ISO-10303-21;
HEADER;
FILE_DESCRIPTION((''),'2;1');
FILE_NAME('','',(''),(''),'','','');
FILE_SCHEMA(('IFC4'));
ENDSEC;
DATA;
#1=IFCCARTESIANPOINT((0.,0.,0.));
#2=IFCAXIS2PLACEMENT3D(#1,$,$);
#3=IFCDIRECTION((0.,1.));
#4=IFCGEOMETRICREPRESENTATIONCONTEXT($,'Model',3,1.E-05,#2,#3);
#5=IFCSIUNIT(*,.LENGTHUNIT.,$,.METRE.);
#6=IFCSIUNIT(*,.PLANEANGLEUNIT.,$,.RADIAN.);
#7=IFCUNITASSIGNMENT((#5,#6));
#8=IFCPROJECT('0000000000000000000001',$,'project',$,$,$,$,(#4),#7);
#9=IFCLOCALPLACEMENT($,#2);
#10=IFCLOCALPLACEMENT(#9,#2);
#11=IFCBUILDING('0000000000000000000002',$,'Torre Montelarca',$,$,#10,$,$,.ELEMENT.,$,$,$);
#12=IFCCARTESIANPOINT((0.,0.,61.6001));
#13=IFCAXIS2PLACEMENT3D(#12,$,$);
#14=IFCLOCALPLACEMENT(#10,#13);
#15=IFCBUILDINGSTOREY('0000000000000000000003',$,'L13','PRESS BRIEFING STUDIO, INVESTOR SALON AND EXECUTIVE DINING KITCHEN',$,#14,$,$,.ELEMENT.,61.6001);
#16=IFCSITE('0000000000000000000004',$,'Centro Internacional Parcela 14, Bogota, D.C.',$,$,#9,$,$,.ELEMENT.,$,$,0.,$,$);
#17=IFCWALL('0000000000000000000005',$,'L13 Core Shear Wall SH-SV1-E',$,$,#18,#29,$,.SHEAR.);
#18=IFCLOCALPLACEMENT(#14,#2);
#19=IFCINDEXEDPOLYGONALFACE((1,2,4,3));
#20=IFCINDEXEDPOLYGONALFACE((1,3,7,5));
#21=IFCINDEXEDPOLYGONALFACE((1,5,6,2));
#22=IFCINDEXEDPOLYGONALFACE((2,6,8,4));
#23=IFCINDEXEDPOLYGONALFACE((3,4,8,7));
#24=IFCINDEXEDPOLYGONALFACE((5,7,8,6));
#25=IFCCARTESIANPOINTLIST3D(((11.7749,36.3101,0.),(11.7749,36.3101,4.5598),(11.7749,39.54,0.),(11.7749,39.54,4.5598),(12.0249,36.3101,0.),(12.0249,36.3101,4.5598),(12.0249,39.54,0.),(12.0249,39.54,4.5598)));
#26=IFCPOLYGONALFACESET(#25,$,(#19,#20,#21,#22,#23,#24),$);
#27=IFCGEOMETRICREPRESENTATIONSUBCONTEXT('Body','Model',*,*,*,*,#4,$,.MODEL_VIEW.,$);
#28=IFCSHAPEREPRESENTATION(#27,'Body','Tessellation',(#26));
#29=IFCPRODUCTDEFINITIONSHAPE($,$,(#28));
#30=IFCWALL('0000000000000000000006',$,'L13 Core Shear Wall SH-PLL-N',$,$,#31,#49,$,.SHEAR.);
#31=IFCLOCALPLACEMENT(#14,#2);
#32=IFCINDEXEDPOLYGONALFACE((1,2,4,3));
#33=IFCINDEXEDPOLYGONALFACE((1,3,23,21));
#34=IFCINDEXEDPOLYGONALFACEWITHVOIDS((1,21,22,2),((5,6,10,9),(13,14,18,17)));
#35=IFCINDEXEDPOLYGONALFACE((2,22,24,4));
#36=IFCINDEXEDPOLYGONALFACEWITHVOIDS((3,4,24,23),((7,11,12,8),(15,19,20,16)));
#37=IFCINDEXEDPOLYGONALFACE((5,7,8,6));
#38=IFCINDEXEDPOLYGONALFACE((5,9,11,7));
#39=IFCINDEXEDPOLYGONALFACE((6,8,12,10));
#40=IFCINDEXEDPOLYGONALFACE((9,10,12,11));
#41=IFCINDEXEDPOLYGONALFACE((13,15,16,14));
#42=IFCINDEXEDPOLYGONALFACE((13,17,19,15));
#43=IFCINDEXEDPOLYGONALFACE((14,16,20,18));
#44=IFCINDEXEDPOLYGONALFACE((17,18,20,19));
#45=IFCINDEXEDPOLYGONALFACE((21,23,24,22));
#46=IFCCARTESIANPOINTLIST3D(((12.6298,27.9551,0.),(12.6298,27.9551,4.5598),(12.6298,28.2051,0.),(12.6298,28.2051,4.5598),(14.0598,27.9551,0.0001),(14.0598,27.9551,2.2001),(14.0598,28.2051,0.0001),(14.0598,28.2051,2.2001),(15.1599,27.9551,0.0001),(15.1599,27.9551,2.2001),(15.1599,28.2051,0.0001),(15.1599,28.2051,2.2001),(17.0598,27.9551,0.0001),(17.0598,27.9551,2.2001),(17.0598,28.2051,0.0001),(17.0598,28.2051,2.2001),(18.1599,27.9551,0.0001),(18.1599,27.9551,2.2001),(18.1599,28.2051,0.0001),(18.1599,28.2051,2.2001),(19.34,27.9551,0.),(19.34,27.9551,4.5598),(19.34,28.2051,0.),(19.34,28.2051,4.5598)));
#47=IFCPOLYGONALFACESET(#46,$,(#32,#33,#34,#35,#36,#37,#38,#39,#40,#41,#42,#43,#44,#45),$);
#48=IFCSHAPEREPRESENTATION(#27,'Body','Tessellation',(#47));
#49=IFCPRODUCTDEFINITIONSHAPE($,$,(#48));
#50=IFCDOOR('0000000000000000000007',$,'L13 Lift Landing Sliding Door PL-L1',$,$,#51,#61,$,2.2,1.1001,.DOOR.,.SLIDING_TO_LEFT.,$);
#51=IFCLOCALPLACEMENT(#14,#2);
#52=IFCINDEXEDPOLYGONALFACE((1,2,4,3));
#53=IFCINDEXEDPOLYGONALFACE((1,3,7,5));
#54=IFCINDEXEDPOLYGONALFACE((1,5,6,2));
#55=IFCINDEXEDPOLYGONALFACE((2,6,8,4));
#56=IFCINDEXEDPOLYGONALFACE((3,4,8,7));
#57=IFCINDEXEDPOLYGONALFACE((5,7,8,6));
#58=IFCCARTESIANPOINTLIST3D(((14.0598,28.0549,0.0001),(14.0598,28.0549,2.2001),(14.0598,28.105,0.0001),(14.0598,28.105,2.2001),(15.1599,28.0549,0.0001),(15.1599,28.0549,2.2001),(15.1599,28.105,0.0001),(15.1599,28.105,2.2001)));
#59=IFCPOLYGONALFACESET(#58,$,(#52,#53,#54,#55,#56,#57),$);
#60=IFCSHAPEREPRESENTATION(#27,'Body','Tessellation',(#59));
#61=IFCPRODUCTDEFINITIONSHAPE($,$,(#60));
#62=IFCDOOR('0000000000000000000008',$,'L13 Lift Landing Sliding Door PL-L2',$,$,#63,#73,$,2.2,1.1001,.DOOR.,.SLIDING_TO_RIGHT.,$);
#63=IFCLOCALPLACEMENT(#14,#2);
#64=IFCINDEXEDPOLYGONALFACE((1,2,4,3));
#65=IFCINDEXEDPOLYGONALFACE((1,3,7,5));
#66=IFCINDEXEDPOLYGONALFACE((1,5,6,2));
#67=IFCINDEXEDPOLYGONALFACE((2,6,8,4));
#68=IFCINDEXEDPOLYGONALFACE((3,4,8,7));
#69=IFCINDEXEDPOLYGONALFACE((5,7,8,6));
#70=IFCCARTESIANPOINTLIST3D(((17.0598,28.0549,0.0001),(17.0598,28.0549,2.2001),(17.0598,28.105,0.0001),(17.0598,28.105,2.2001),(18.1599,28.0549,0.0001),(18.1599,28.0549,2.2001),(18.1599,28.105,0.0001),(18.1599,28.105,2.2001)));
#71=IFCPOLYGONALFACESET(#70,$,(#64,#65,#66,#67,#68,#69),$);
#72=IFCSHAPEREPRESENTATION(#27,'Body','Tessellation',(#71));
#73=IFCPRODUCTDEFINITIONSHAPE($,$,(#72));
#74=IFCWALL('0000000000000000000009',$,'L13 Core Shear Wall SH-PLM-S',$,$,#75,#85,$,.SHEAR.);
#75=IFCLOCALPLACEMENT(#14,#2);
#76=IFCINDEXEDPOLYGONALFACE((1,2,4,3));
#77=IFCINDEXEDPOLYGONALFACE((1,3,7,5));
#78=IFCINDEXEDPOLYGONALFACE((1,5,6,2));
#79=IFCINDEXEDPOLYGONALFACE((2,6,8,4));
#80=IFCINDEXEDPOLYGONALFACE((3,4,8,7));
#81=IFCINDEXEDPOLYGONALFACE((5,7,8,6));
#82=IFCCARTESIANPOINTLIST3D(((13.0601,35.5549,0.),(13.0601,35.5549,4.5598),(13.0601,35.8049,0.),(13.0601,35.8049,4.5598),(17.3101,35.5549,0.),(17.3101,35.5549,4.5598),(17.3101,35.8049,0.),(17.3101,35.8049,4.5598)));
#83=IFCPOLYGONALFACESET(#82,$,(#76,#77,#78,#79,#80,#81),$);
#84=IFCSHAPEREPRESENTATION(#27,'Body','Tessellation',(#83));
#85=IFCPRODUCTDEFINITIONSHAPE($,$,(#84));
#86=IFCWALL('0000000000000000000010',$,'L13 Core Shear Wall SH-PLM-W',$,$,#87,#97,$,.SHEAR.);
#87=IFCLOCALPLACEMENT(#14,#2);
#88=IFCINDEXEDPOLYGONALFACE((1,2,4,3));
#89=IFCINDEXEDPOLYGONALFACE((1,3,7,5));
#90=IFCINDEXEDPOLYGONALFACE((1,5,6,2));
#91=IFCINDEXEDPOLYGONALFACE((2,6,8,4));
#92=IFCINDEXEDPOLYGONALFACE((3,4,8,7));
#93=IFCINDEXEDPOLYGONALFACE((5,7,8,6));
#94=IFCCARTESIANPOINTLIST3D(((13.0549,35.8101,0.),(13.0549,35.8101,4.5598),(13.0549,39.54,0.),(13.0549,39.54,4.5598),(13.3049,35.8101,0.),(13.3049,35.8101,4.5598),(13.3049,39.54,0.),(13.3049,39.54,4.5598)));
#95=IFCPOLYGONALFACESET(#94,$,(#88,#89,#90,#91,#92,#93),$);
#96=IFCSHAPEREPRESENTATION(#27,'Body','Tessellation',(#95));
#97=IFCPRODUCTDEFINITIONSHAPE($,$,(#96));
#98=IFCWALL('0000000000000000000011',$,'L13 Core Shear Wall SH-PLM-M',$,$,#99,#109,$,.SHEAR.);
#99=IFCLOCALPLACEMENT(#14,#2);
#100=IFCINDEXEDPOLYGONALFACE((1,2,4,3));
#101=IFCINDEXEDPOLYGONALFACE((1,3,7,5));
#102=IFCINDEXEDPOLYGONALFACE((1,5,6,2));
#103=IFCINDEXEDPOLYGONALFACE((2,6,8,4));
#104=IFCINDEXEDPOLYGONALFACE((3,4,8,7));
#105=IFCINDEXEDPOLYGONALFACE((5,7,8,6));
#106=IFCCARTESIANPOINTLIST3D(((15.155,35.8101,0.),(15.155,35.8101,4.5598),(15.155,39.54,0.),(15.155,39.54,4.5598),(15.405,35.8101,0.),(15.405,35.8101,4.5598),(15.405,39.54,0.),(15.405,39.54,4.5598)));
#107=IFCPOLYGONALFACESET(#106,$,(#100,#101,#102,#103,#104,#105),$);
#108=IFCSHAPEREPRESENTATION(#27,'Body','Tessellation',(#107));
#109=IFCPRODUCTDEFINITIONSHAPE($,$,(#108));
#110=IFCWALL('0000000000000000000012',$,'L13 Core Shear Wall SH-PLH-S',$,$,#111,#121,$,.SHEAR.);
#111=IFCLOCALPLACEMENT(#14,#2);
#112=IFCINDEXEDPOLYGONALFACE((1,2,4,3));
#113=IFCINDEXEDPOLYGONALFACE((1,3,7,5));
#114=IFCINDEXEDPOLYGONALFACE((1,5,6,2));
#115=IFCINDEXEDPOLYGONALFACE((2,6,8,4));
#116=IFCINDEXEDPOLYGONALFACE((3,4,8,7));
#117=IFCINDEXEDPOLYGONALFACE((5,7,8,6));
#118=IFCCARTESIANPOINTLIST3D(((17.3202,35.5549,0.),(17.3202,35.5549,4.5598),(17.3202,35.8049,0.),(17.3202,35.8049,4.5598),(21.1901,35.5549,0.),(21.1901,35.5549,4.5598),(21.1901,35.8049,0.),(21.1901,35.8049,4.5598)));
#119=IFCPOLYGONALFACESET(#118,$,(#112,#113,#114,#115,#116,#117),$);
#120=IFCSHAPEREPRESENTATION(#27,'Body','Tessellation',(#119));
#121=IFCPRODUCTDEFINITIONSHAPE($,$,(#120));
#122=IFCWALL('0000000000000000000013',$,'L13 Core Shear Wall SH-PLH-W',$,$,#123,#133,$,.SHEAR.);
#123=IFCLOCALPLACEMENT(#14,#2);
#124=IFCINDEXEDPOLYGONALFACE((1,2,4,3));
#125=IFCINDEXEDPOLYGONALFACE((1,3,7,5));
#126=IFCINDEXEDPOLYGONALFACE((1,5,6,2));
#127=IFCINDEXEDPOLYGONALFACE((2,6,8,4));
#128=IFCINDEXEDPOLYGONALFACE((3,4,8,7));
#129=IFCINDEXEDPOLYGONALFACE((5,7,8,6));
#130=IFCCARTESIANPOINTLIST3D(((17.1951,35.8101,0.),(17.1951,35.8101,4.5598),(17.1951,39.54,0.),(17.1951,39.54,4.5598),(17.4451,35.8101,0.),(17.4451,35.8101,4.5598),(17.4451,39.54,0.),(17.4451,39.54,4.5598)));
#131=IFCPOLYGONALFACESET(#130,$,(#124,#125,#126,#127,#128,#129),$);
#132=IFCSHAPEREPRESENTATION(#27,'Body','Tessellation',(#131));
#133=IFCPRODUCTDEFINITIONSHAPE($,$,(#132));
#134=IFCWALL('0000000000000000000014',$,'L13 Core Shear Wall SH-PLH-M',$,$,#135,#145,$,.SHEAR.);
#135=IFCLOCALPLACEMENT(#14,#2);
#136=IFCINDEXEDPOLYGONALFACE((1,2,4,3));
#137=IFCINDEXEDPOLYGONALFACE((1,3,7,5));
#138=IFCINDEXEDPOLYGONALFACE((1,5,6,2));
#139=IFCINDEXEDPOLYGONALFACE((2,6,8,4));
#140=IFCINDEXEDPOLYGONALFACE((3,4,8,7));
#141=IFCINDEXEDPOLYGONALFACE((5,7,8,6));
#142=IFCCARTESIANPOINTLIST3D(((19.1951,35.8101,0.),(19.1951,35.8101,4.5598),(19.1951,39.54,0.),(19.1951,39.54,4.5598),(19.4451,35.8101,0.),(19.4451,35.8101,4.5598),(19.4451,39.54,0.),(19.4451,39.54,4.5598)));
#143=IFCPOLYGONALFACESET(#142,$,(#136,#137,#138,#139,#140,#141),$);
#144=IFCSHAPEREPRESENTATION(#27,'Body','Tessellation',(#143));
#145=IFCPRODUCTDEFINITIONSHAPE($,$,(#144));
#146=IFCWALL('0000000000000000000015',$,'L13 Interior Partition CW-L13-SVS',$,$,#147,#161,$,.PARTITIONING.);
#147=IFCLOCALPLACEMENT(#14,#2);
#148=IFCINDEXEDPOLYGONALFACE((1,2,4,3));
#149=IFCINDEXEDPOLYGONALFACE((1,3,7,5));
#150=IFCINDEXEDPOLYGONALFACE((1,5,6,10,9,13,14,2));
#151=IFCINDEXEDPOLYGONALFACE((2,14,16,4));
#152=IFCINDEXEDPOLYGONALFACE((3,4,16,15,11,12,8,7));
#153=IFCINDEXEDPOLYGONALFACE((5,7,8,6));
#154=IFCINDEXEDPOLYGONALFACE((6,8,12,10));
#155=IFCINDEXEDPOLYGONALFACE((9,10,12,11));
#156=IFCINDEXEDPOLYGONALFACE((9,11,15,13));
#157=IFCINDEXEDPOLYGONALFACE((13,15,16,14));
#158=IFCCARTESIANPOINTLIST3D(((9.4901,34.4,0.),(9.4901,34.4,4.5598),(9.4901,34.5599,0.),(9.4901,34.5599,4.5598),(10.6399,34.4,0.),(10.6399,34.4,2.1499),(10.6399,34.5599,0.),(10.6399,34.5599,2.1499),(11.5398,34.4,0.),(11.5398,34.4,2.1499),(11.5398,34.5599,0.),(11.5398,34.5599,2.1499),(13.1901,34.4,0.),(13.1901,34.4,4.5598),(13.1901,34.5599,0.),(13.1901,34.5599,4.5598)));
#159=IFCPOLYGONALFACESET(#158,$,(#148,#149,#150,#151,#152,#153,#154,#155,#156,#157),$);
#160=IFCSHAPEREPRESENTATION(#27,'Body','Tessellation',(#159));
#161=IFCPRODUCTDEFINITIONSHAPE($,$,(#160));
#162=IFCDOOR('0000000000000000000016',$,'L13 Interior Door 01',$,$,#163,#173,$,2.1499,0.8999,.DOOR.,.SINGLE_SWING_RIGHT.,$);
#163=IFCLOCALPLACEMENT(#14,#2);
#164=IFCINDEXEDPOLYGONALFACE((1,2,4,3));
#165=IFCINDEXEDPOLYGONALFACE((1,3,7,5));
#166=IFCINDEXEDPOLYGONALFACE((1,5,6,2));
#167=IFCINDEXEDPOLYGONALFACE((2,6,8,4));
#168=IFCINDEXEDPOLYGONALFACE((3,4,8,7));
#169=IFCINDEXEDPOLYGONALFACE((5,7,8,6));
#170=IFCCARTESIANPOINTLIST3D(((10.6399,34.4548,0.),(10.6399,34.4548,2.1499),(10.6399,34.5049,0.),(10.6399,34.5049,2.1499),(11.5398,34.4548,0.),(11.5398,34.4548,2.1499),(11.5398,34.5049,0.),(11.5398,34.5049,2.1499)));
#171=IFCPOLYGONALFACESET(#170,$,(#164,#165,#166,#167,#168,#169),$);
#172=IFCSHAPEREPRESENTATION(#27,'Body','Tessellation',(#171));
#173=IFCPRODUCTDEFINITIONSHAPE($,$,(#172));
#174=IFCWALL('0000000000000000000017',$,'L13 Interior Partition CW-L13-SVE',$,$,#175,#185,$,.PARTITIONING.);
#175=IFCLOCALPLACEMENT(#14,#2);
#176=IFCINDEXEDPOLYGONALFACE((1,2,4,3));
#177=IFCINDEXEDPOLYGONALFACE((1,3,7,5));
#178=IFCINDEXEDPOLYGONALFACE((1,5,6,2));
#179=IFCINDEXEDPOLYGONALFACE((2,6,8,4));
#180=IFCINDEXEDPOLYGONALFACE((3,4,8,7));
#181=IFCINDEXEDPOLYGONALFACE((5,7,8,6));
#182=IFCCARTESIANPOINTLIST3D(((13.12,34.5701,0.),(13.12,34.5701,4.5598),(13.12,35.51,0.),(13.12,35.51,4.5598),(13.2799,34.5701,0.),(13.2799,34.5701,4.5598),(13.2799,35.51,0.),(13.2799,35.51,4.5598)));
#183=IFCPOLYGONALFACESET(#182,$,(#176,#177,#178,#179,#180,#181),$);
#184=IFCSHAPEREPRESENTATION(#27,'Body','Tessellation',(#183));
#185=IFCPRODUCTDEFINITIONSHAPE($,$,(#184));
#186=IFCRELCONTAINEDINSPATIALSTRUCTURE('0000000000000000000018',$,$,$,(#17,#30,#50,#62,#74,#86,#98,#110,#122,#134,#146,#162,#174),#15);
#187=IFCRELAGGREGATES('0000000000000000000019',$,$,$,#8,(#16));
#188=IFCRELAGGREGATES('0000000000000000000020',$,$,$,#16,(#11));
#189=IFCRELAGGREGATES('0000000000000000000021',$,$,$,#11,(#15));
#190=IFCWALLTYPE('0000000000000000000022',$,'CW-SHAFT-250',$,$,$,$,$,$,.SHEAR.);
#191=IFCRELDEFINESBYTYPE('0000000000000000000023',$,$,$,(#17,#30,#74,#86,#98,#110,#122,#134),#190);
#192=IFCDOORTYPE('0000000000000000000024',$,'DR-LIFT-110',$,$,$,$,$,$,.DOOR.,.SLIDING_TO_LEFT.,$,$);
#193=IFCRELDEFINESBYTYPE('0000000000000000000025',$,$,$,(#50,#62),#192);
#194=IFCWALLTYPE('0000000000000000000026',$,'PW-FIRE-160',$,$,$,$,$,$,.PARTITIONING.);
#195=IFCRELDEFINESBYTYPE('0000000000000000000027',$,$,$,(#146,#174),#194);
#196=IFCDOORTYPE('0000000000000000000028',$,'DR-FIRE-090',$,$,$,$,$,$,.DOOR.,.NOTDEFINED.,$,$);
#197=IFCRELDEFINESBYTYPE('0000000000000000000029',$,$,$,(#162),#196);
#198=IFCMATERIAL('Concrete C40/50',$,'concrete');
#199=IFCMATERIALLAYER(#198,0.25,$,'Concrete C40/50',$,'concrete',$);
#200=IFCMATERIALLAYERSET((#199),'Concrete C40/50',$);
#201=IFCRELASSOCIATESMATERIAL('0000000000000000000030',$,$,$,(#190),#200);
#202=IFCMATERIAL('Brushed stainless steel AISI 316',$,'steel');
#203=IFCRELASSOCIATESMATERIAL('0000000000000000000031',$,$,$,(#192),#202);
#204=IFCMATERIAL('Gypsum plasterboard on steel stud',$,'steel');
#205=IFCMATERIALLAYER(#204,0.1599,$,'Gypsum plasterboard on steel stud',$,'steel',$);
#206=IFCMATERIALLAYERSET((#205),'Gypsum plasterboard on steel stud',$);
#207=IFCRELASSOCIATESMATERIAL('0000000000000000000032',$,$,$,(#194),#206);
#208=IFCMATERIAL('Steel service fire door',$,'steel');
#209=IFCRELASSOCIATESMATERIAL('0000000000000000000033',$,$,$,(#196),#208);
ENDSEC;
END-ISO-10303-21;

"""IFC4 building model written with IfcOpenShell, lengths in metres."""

from ifc_helpers import new_model, si_unit, direction, frame, frame_2d, origin, place, context, subcontext, project, spatial, rectangle, extrude, source, transform, mapped, material, layer, layer_set, type_object, element, fill, save


model = new_model("IFC4")

# Units and contexts
model_context = context("Model", 3, precision=1e-05, world=origin(), true_north=direction((0.0, 1.0)))
body_context = subcontext(model_context, "Body", "Model", "MODEL_VIEW")
ifc_project = project(units=[si_unit("LENGTHUNIT", "METRE"), si_unit("PLANEANGLEUNIT", "RADIAN")], contexts=[model_context])

# Site, building, storey
site_placement = place(None, origin())
site = spatial("IfcSite", under=ifc_project, at=site_placement, Name="Centro Internacional Parcela 14, Bogota, D.C.", CompositionType="ELEMENT", RefElevation=0.0)
building_placement = place(site_placement, origin())
building = spatial("IfcBuilding", under=site, at=building_placement, Name="Torre Montelarca", CompositionType="ELEMENT")
storey_placement = place(building_placement, frame((0.0, 0.0, 61.6001)))
storey = spatial("IfcBuildingStorey", under=building, at=storey_placement, Name="L13", Description="PRESS BRIEFING STUDIO, INVESTOR SALON AND EXECUTIVE DINING KITCHEN", CompositionType="ELEMENT", Elevation=61.6001)

# Wall
ifc_material_1 = material(Name="Concrete C40/50", Category="concrete")
ifc_layer_1 = layer(ifc_material_1, 0.25, Name="Concrete C40/50", Category="concrete")
ifc_layer_set_1 = layer_set([ifc_layer_1], Name="Concrete C40/50")
wall_type_1 = type_object("IfcWallType", Name="CW-SHAFT-250", PredefinedType="SHEAR", material=ifc_layer_set_1)
wall_1_placement = place(storey_placement, frame((11.8999, 36.3101, 0.0), z_axis=(0.0, 0.0, 1.0), x_axis=(0.0, 1.0, 0.0)))
element("IfcWall", 1, at=wall_1_placement, inside=storey, type_object=wall_type_1, Name="L13 Core Shear Wall SH-SV1-E", PredefinedType="SHEAR", context=body_context, shape_type="SweptSolid", body=[
    extrude(rectangle(XDim=3.23, YDim=0.25, at=frame_2d((1.615, 0.0))), origin(), (0.0, 0.0, 1.0), 4.5598),
])

# Wall, openings, doors
wall_2_placement = place(storey_placement, frame((12.6299, 28.0801, 0.0), z_axis=(0.0, 0.0, 1.0), x_axis=(1.0, 0.0, 0.0)))
wall_2 = element("IfcWall", 2, at=wall_2_placement, inside=storey, type_object=wall_type_1, Name="L13 Core Shear Wall SH-PLL-N", PredefinedType="SHEAR", context=body_context, shape_type="SweptSolid", body=[
    extrude(rectangle(XDim=6.7102, YDim=0.25, at=frame_2d((3.355, 0.0))), origin(), (0.0, 0.0, 1.0), 4.5598),
])
opening_1_placement = place(wall_2_placement, frame((1.4299, 0.0, 0.0)))
opening_1 = element("IfcOpeningElement", 3, at=opening_1_placement, cuts=wall_2, PredefinedType="OPENING", context=body_context, shape_type="SweptSolid", body=[
    extrude(rectangle(XDim=1.1001, YDim=2.2, at=frame_2d((0.55, 1.1001))), frame((0.0, 0.135, 0.0), z_axis=(0.0, -1.0, 0.0), x_axis=(1.0, 0.0, 0.0)), (0.0, 0.0, 1.0), 0.27),
])
opening_2_placement = place(wall_2_placement, frame((4.4299, 0.0, 0.0)))
opening_2 = element("IfcOpeningElement", 4, at=opening_2_placement, cuts=wall_2, PredefinedType="OPENING", context=body_context, shape_type="SweptSolid", body=[
    extrude(rectangle(XDim=1.1001, YDim=2.2, at=frame_2d((0.55, 1.1001))), frame((0.0, 0.135, 0.0), z_axis=(0.0, -1.0, 0.0), x_axis=(1.0, 0.0, 0.0)), (0.0, 0.0, 1.0), 0.27),
])
ifc_material_2 = material(Name="Brushed stainless steel AISI 316", Category="steel")
door_type_1 = type_object("IfcDoorType", Name="DR-LIFT-110", OperationType="SLIDING_TO_LEFT", PredefinedType="DOOR", material=ifc_material_2)
shared_shape_1 = source(origin(), body_context, "Body", "SweptSolid", [
    extrude(rectangle(XDim=1.1001, YDim=2.2, at=frame_2d((0.55, 1.1001))), frame((0.0, 0.0249, 0.0), z_axis=(0.0, -1.0, 0.0), x_axis=(1.0, 0.0, 0.0)), (0.0, 0.0, 1.0), 0.05),
])
door_1_placement = place(opening_1_placement, origin())
door_1 = element("IfcDoor", 5, at=door_1_placement, inside=storey, type_object=door_type_1, Name="L13 Lift Landing Sliding Door PL-L1", OperationType="SLIDING_TO_LEFT", OverallHeight=2.2, OverallWidth=1.1001, PredefinedType="DOOR", context=body_context, shape_type="MappedRepresentation", body=[
    mapped(shared_shape_1, transform((0.0, 0.0, 0.0), scale=1.0)),
])
fill(opening_1, door_1)
door_2_placement = place(opening_2_placement, origin())
door_2 = element("IfcDoor", 6, at=door_2_placement, inside=storey, type_object=door_type_1, Name="L13 Lift Landing Sliding Door PL-L2", OperationType="SLIDING_TO_RIGHT", OverallHeight=2.2, OverallWidth=1.1001, PredefinedType="DOOR", context=body_context, shape_type="MappedRepresentation", body=[
    mapped(shared_shape_1, transform((0.0, 0.0, 0.0), scale=1.0)),
])
fill(opening_2, door_2)

# Walls
wall_3_placement = place(storey_placement, frame((13.0601, 35.6799, 0.0), z_axis=(0.0, 0.0, 1.0), x_axis=(1.0, 0.0, 0.0)))
element("IfcWall", 7, at=wall_3_placement, inside=storey, type_object=wall_type_1, Name="L13 Core Shear Wall SH-PLM-S", PredefinedType="SHEAR", context=body_context, shape_type="SweptSolid", body=[
    extrude(rectangle(XDim=4.25, YDim=0.25, at=frame_2d((2.125, 0.0))), origin(), (0.0, 0.0, 1.0), 4.5598),
])
for number, where, z_axis, x_axis, name in (
    (8, (13.1799, 35.8101, 0.0), (0.0, 0.0, 1.0), (0.0, 1.0, 0.0), "L13 Core Shear Wall SH-PLM-W"),
    (9, (15.28, 35.8101, 0.0), (0.0, 0.0, 1.0), (0.0, 1.0, 0.0), "L13 Core Shear Wall SH-PLM-M"),
):
    element("IfcWall", number, at=place(storey_placement, frame(where, z_axis=z_axis, x_axis=x_axis)), inside=storey, type_object=wall_type_1, Name=name, PredefinedType="SHEAR", context=body_context, shape_type="SweptSolid", body=[
        extrude(rectangle(XDim=3.73, YDim=0.25, at=frame_2d((1.865, 0.0))), origin(), (0.0, 0.0, 1.0), 4.5598),
    ])
wall_4_placement = place(storey_placement, frame((17.3201, 35.6799, 0.0), z_axis=(0.0, 0.0, 1.0), x_axis=(1.0, 0.0, 0.0)))
element("IfcWall", 10, at=wall_4_placement, inside=storey, type_object=wall_type_1, Name="L13 Core Shear Wall SH-PLH-S", PredefinedType="SHEAR", context=body_context, shape_type="SweptSolid", body=[
    extrude(rectangle(XDim=3.8699, YDim=0.25, at=frame_2d((1.9351, 0.0))), origin(), (0.0, 0.0, 1.0), 4.5598),
])
for number, where, z_axis, x_axis, name in (
    (11, (17.3201, 35.8101, 0.0), (0.0, 0.0, 1.0), (0.0, 1.0, 0.0), "L13 Core Shear Wall SH-PLH-W"),
    (12, (19.3201, 35.8101, 0.0), (0.0, 0.0, 1.0), (0.0, 1.0, 0.0), "L13 Core Shear Wall SH-PLH-M"),
):
    element("IfcWall", number, at=place(storey_placement, frame(where, z_axis=z_axis, x_axis=x_axis)), inside=storey, type_object=wall_type_1, Name=name, PredefinedType="SHEAR", context=body_context, shape_type="SweptSolid", body=[
        extrude(rectangle(XDim=3.73, YDim=0.25, at=frame_2d((1.865, 0.0))), origin(), (0.0, 0.0, 1.0), 4.5598),
    ])

# Wall, opening, door
ifc_material_3 = material(Name="Gypsum plasterboard on steel stud", Category="steel")
ifc_layer_2 = layer(ifc_material_3, 0.1599, Name="Gypsum plasterboard on steel stud", Category="steel")
ifc_layer_set_2 = layer_set([ifc_layer_2], Name="Gypsum plasterboard on steel stud")
wall_type_2 = type_object("IfcWallType", Name="PW-FIRE-160", PredefinedType="PARTITIONING", material=ifc_layer_set_2)
wall_5_placement = place(storey_placement, frame((9.49, 34.48, 0.0), z_axis=(0.0, 0.0, 1.0), x_axis=(1.0, 0.0, 0.0)))
wall_5 = element("IfcWall", 13, at=wall_5_placement, inside=storey, type_object=wall_type_2, Name="L13 Interior Partition CW-L13-SVS", PredefinedType="PARTITIONING", context=body_context, shape_type="SweptSolid", body=[
    extrude(rectangle(XDim=3.7, YDim=0.1599, at=frame_2d((1.8501, 0.0))), origin(), (0.0, 0.0, 1.0), 4.5598),
])
opening_3_placement = place(wall_5_placement, frame((1.1499, 0.0, 0.0)))
opening_3 = element("IfcOpeningElement", 14, at=opening_3_placement, cuts=wall_5, PredefinedType="OPENING", context=body_context, shape_type="SweptSolid", body=[
    extrude(rectangle(XDim=0.8999, YDim=2.1499, at=frame_2d((0.45, 1.075))), frame((0.0, 0.0898, 0.0), z_axis=(0.0, -1.0, 0.0), x_axis=(1.0, 0.0, 0.0)), (0.0, 0.0, 1.0), 0.1799),
])
ifc_material_4 = material(Name="Steel service fire door", Category="steel")
door_type_2 = type_object("IfcDoorType", Name="DR-FIRE-090", OperationType="NOTDEFINED", PredefinedType="DOOR", material=ifc_material_4)
shared_shape_2 = source(origin(), body_context, "Body", "SweptSolid", [
    extrude(rectangle(XDim=0.8999, YDim=2.1499, at=frame_2d((0.45, 1.075))), frame((0.0, 0.0249, 0.0), z_axis=(0.0, -1.0, 0.0), x_axis=(1.0, 0.0, 0.0)), (0.0, 0.0, 1.0), 0.05),
])
door_3_placement = place(opening_3_placement, origin())
door_3 = element("IfcDoor", 15, at=door_3_placement, inside=storey, type_object=door_type_2, Name="L13 Interior Door 01", OperationType="SINGLE_SWING_RIGHT", OverallHeight=2.1499, OverallWidth=0.8999, PredefinedType="DOOR", context=body_context, shape_type="MappedRepresentation", body=[
    mapped(shared_shape_2, transform((0.0, 0.0, 0.0), scale=1.0)),
])
fill(opening_3, door_3)

# Wall
wall_6_placement = place(storey_placement, frame((13.2, 34.5701, 0.0), z_axis=(0.0, 0.0, 1.0), x_axis=(0.0, 1.0, 0.0)))
element("IfcWall", 16, at=wall_6_placement, inside=storey, type_object=wall_type_2, Name="L13 Interior Partition CW-L13-SVE", PredefinedType="PARTITIONING", context=body_context, shape_type="SweptSolid", body=[
    extrude(rectangle(XDim=0.9399, YDim=0.1599, at=frame_2d((0.47, 0.0))), origin(), (0.0, 0.0, 1.0), 4.5598),
])

save(model, "model.ifc")
